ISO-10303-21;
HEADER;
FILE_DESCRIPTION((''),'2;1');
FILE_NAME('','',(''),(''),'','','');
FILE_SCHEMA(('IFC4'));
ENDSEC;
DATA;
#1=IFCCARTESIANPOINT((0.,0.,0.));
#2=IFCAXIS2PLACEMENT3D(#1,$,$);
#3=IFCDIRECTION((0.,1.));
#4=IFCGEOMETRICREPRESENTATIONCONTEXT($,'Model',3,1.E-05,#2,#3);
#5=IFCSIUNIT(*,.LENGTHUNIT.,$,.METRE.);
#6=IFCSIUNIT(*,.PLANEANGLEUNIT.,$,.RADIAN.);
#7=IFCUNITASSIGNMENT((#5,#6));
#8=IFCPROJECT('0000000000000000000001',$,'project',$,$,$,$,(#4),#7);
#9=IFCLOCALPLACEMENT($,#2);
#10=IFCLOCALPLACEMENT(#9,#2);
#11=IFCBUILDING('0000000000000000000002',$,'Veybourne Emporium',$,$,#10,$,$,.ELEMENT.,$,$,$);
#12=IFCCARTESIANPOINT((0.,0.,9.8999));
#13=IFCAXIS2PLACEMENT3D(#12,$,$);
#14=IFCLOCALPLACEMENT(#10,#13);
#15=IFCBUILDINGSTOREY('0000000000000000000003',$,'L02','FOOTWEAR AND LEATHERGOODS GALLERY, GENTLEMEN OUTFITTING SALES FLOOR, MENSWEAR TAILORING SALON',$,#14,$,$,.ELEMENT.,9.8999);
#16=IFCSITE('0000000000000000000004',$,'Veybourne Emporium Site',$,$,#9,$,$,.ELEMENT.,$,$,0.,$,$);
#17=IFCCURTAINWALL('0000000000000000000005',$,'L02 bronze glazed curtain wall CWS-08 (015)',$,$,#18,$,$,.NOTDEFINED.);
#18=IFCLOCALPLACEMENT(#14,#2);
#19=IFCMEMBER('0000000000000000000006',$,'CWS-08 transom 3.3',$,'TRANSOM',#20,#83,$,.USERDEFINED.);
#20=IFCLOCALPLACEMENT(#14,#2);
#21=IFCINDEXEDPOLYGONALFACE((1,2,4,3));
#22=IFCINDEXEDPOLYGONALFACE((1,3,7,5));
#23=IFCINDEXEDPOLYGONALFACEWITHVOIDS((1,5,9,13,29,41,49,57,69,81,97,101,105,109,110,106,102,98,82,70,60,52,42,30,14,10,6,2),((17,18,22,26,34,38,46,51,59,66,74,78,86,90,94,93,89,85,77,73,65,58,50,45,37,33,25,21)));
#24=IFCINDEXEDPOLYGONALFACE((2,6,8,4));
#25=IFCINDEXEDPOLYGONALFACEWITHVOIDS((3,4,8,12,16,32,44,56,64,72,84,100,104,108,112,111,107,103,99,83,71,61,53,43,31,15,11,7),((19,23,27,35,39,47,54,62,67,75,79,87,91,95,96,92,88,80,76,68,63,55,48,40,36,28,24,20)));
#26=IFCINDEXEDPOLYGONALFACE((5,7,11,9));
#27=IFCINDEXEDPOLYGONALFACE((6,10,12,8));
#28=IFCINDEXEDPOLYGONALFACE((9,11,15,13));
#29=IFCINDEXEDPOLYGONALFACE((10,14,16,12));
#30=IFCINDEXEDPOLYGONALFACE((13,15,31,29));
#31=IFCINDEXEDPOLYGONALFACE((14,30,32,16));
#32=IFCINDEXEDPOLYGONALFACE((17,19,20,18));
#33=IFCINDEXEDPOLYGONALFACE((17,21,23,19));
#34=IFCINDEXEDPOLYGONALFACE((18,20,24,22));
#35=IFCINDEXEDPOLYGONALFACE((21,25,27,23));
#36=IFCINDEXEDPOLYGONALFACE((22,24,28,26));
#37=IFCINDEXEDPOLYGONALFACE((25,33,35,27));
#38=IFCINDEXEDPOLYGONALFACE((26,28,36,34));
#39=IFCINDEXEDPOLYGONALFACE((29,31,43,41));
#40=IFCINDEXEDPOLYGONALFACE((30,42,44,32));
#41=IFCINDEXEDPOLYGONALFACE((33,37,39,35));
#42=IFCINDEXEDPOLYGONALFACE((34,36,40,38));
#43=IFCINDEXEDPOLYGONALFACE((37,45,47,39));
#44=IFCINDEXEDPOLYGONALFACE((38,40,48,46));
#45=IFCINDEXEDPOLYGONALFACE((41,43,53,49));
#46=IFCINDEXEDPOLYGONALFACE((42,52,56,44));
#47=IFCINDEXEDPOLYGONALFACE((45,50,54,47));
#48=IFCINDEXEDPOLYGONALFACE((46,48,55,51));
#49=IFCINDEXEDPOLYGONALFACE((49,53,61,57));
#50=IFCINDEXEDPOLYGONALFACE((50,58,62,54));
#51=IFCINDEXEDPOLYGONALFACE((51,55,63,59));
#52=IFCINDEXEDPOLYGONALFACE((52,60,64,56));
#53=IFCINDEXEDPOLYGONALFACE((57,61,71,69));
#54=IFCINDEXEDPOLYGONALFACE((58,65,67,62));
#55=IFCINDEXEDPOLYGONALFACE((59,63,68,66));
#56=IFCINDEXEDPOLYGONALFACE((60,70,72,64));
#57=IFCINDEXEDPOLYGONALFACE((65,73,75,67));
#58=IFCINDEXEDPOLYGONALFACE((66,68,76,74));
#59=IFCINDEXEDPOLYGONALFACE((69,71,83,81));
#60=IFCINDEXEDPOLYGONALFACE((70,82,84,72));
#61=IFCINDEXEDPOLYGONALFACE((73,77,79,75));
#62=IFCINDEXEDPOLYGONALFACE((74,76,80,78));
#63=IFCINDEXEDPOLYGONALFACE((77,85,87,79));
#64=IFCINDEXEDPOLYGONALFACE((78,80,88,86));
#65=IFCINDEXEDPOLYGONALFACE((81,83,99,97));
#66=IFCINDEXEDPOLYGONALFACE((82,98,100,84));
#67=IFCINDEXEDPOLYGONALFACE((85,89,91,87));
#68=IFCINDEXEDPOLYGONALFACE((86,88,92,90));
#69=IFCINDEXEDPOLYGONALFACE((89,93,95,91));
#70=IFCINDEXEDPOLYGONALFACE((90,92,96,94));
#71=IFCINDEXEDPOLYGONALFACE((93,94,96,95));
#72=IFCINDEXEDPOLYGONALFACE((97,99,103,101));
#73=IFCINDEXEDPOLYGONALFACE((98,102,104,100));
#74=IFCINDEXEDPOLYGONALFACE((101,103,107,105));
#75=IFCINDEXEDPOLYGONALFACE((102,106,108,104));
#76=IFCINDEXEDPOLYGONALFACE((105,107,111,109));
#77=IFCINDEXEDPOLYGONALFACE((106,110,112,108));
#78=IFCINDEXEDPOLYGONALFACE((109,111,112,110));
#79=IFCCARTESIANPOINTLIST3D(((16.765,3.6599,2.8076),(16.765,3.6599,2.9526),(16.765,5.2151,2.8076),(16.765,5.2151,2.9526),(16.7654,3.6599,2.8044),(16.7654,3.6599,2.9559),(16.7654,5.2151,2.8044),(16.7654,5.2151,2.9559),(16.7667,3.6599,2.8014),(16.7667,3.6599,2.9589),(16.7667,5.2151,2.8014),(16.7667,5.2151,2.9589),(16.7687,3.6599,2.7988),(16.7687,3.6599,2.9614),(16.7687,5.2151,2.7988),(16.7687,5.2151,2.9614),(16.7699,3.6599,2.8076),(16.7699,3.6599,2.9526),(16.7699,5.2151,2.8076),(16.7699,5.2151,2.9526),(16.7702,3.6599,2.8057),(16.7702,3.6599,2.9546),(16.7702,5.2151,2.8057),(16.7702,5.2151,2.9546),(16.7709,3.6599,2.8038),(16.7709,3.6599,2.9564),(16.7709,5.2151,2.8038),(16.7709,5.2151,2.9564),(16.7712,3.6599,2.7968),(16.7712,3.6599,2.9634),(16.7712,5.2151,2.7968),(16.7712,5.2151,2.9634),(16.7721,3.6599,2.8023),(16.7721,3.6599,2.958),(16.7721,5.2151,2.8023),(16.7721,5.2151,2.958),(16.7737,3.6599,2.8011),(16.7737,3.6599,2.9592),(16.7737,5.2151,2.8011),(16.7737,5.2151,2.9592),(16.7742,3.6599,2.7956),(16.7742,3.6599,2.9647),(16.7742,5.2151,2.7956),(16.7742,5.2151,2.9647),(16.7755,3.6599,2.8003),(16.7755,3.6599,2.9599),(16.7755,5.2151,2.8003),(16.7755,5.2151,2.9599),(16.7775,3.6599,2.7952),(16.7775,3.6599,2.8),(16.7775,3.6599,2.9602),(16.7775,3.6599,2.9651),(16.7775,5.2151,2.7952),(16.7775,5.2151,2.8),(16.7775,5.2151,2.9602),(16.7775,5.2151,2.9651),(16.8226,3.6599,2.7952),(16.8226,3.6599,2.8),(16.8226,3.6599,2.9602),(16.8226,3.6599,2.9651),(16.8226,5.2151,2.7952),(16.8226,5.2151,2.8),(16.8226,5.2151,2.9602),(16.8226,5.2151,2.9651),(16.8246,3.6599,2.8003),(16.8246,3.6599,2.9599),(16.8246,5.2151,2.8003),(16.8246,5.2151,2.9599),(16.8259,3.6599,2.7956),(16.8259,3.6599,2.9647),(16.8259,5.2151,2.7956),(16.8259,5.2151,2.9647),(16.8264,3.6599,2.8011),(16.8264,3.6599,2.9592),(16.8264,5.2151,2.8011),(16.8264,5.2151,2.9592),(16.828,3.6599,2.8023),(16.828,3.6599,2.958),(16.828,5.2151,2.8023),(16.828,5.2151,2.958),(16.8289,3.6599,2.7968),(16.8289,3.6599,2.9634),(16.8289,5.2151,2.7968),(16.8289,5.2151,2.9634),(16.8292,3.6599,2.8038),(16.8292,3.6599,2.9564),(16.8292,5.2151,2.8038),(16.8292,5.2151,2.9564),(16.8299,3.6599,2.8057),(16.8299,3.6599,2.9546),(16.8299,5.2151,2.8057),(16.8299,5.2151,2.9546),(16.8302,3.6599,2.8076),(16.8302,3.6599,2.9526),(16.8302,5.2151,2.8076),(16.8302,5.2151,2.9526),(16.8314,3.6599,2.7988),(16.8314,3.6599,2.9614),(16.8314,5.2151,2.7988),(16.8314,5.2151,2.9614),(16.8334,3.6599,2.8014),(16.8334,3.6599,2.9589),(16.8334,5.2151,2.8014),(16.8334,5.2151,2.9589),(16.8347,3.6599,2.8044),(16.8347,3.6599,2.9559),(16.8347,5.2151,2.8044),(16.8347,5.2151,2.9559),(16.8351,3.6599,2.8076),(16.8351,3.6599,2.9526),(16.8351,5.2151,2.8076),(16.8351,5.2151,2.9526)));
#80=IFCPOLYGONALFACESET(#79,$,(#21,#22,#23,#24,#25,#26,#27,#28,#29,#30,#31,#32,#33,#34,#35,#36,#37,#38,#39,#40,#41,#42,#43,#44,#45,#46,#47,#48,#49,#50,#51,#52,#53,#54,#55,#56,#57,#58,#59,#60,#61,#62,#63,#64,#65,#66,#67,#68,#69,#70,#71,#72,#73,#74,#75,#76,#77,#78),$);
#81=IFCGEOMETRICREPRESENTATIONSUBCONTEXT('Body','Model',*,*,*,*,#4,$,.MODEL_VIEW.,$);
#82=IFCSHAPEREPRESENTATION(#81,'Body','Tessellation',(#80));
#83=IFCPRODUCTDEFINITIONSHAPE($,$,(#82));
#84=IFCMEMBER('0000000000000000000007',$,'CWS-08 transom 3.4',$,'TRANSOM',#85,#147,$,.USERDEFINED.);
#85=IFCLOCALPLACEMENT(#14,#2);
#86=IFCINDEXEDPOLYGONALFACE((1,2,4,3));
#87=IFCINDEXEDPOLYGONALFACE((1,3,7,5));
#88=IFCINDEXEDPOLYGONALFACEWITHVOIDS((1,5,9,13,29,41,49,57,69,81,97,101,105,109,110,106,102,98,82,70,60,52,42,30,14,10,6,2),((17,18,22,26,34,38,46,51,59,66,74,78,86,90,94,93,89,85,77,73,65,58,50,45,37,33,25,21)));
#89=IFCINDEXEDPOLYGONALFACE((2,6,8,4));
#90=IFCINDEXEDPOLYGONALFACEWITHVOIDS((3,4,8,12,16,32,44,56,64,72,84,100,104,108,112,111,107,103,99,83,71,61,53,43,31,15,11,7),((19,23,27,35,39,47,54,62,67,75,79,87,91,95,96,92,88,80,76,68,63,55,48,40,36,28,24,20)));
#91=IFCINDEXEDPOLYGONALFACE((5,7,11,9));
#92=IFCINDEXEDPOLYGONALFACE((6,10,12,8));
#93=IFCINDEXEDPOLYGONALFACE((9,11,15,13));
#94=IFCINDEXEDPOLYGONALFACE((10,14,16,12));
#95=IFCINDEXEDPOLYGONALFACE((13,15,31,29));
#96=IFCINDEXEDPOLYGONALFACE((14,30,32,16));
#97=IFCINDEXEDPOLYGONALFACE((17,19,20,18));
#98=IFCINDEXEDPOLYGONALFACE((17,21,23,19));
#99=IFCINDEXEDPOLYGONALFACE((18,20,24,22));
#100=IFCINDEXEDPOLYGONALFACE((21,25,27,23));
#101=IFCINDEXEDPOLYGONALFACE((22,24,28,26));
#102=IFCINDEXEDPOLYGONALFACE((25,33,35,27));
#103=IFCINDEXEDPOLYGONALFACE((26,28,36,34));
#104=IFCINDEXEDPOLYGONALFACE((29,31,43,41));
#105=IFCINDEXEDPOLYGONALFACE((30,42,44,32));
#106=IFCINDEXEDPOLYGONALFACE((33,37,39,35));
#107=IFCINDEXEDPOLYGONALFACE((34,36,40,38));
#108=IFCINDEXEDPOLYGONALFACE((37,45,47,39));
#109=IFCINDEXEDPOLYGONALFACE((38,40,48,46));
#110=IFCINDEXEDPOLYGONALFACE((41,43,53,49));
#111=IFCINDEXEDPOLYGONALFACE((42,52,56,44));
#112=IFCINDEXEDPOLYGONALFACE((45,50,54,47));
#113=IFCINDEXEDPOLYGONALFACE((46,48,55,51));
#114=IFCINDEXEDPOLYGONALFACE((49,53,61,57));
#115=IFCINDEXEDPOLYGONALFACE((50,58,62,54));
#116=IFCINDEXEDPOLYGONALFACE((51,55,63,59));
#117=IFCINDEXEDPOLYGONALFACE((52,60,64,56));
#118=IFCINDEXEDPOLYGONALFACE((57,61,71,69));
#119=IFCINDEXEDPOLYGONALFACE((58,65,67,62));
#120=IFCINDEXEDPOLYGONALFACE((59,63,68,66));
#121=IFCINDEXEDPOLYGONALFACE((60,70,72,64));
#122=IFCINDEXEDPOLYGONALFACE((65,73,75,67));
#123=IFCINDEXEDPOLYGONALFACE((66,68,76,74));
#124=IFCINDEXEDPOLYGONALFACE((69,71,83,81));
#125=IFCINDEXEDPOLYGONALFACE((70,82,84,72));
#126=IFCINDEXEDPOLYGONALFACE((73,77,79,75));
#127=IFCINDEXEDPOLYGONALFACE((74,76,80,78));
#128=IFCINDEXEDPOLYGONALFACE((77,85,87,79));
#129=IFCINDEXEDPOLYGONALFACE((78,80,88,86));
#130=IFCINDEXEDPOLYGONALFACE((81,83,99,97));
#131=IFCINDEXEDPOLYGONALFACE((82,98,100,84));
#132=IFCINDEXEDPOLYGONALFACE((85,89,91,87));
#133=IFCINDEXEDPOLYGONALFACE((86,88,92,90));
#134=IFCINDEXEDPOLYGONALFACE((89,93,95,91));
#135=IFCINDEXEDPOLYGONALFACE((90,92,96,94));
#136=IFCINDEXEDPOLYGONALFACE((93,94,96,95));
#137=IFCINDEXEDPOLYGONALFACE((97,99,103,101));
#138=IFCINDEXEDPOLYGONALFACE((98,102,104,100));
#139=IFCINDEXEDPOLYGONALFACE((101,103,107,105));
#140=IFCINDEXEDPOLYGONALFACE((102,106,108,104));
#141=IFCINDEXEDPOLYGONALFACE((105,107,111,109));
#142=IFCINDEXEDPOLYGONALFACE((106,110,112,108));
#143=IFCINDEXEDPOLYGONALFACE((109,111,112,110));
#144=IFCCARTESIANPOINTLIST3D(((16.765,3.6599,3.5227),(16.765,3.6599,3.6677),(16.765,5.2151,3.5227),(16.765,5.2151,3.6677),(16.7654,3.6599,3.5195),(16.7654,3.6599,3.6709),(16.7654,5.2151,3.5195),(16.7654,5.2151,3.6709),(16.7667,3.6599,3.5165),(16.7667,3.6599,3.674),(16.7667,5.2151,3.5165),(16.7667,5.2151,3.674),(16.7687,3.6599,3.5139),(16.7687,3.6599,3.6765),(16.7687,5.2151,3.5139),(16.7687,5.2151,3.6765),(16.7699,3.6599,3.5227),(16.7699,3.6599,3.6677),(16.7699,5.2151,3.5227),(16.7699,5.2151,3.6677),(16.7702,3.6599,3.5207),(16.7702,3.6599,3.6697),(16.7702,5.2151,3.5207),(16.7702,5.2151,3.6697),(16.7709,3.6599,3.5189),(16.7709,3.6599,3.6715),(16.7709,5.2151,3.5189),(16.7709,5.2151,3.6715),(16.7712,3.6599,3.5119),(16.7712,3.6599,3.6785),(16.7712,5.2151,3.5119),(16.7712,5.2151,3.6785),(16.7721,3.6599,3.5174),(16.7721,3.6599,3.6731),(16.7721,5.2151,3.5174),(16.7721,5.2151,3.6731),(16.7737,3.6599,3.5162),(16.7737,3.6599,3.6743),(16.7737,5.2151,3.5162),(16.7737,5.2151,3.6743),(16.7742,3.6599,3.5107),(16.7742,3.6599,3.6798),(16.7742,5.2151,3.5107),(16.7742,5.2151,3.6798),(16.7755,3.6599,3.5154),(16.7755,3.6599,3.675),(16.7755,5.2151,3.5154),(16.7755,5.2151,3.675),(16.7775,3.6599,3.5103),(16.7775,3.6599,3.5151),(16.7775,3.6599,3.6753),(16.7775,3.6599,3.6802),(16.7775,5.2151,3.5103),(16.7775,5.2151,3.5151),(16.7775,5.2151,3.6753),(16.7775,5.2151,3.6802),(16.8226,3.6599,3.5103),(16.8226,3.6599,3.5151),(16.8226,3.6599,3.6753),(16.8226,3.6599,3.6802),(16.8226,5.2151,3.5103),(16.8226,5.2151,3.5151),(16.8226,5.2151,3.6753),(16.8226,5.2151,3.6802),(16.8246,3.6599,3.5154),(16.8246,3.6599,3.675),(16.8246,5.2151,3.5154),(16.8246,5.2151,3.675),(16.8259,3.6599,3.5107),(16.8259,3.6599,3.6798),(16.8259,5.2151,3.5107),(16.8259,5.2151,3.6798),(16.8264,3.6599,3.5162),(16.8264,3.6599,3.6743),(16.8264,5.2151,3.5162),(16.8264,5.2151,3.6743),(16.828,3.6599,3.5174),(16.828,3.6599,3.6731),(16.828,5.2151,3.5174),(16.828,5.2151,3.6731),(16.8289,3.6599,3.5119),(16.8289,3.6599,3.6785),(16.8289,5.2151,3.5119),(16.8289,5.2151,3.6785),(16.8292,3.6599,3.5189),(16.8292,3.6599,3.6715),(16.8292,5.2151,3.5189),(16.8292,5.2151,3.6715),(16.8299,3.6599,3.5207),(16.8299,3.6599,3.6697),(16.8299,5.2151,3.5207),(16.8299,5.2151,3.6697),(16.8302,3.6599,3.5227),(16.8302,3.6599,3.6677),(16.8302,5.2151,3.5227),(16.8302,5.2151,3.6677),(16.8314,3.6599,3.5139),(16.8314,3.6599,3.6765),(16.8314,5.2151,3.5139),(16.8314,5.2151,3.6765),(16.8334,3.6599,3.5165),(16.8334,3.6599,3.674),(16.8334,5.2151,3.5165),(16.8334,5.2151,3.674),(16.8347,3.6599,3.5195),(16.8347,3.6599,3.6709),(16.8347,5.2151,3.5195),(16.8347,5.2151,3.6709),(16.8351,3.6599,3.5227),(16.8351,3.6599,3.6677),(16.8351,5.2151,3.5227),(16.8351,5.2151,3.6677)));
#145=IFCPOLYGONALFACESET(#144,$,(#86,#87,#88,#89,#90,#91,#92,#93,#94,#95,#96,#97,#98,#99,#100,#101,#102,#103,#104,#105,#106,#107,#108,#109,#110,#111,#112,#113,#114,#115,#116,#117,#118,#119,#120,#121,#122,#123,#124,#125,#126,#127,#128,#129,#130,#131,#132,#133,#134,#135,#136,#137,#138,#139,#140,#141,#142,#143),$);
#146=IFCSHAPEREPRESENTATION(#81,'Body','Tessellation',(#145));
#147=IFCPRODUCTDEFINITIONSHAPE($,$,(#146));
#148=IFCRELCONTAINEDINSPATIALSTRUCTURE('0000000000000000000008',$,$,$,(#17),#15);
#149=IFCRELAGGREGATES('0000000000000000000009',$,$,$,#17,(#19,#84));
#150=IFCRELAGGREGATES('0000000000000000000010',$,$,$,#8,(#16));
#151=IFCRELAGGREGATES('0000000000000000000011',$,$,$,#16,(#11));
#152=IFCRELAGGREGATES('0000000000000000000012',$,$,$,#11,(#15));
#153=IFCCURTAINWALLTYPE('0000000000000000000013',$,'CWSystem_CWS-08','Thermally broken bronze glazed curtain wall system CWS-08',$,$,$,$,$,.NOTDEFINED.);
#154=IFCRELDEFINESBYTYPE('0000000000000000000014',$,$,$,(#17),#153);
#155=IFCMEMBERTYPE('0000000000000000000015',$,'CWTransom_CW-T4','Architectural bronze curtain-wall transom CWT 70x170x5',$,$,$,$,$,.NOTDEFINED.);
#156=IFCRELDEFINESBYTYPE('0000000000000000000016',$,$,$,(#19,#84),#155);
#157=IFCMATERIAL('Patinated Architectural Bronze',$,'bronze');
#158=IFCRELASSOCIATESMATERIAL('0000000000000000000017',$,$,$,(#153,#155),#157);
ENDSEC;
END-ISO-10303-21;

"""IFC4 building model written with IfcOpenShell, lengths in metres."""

from ifc_helpers import new_model, si_unit, direction, frame, origin, origin_2d, place, context, subcontext, project, spatial, hollow_rectangle, extrude, material, material_profile, profile_set, type_object, element, aggregate, save


model = new_model("IFC4")

# Units and contexts
model_context = context("Model", 3, precision=1e-05, world=origin(), true_north=direction((0.0, 1.0)))
body_context = subcontext(model_context, "Body", "Model", "MODEL_VIEW")
ifc_project = project(units=[si_unit("LENGTHUNIT", "METRE"), si_unit("PLANEANGLEUNIT", "RADIAN")], contexts=[model_context])

# Site, building, storey
site_placement = place(None, origin())
site = spatial("IfcSite", under=ifc_project, at=site_placement, Name="Veybourne Emporium Site", CompositionType="ELEMENT", RefElevation=0.0)
building_placement = place(site_placement, origin())
building = spatial("IfcBuilding", under=site, at=building_placement, Name="Veybourne Emporium", CompositionType="ELEMENT")
storey_placement = place(building_placement, frame((0.0, 0.0, 9.8999)))
storey = spatial("IfcBuildingStorey", under=building, at=storey_placement, Name="L02", Description="FOOTWEAR AND LEATHERGOODS GALLERY, GENTLEMEN OUTFITTING SALES FLOOR, MENSWEAR TAILORING SALON", CompositionType="ELEMENT", Elevation=9.8999)

# Curtain wall
ifc_material_1 = material(Name="Patinated Architectural Bronze", Category="bronze")
curtain_wall_type_1 = type_object("IfcCurtainWallType", Name="CWSystem_CWS-08", Description="Thermally broken bronze glazed curtain wall system CWS-08", PredefinedType="NOTDEFINED", material=ifc_material_1)
curtain_wall_1_placement = place(storey_placement, origin())
curtain_wall_1 = element("IfcCurtainWall", 1, at=curtain_wall_1_placement, inside=storey, type_object=curtain_wall_type_1, Name="L02 bronze glazed curtain wall CWS-08 (015)", PredefinedType="NOTDEFINED")

# Members
ifc_material_profile_1 = material_profile(ifc_material_1, hollow_rectangle(XDim=0.0701, YDim=0.1699, WallThickness=0.0049, InnerFilletRadius=0.0076, OuterFilletRadius=0.0125, at=origin_2d()), Name="CWT 70x170x5")
ifc_profile_set_1 = profile_set([ifc_material_profile_1], Name="Patinated Architectural Bronze")
member_type_1 = type_object("IfcMemberType", Name="CWTransom_CW-T4", Description="Architectural bronze curtain-wall transom CWT 70x170x5", PredefinedType="NOTDEFINED", material=ifc_profile_set_1)
member_1_placement = place(storey_placement, frame((16.8, 3.6599, 2.8801), z_axis=(0.0, 1.0, 0.0), x_axis=(-1.0, 0.0, 0.0)))
member_1 = element("IfcMember", 2, at=member_1_placement, type_object=member_type_1, Name="CWS-08 transom 3.3", ObjectType="TRANSOM", PredefinedType="USERDEFINED", context=body_context, shape_type="SweptSolid", body=[
    extrude(hollow_rectangle(XDim=0.0701, YDim=0.1699, WallThickness=0.0049, InnerFilletRadius=0.0076, OuterFilletRadius=0.0125, at=origin_2d()), origin(), (0.0, 0.0, 1.0), 1.5552),
])
member_2_placement = place(storey_placement, frame((16.8, 3.6599, 3.5952), z_axis=(0.0, 1.0, 0.0), x_axis=(-1.0, 0.0, 0.0)))
member_2 = element("IfcMember", 3, at=member_2_placement, type_object=member_type_1, Name="CWS-08 transom 3.4", ObjectType="TRANSOM", PredefinedType="USERDEFINED", context=body_context, shape_type="SweptSolid", body=[
    extrude(hollow_rectangle(XDim=0.0701, YDim=0.1699, WallThickness=0.0049, InnerFilletRadius=0.0076, OuterFilletRadius=0.0125, at=origin_2d()), origin(), (0.0, 0.0, 1.0), 1.5552),
])

aggregate(curtain_wall_1, [member_1, member_2])

save(model, "model.ifc")
